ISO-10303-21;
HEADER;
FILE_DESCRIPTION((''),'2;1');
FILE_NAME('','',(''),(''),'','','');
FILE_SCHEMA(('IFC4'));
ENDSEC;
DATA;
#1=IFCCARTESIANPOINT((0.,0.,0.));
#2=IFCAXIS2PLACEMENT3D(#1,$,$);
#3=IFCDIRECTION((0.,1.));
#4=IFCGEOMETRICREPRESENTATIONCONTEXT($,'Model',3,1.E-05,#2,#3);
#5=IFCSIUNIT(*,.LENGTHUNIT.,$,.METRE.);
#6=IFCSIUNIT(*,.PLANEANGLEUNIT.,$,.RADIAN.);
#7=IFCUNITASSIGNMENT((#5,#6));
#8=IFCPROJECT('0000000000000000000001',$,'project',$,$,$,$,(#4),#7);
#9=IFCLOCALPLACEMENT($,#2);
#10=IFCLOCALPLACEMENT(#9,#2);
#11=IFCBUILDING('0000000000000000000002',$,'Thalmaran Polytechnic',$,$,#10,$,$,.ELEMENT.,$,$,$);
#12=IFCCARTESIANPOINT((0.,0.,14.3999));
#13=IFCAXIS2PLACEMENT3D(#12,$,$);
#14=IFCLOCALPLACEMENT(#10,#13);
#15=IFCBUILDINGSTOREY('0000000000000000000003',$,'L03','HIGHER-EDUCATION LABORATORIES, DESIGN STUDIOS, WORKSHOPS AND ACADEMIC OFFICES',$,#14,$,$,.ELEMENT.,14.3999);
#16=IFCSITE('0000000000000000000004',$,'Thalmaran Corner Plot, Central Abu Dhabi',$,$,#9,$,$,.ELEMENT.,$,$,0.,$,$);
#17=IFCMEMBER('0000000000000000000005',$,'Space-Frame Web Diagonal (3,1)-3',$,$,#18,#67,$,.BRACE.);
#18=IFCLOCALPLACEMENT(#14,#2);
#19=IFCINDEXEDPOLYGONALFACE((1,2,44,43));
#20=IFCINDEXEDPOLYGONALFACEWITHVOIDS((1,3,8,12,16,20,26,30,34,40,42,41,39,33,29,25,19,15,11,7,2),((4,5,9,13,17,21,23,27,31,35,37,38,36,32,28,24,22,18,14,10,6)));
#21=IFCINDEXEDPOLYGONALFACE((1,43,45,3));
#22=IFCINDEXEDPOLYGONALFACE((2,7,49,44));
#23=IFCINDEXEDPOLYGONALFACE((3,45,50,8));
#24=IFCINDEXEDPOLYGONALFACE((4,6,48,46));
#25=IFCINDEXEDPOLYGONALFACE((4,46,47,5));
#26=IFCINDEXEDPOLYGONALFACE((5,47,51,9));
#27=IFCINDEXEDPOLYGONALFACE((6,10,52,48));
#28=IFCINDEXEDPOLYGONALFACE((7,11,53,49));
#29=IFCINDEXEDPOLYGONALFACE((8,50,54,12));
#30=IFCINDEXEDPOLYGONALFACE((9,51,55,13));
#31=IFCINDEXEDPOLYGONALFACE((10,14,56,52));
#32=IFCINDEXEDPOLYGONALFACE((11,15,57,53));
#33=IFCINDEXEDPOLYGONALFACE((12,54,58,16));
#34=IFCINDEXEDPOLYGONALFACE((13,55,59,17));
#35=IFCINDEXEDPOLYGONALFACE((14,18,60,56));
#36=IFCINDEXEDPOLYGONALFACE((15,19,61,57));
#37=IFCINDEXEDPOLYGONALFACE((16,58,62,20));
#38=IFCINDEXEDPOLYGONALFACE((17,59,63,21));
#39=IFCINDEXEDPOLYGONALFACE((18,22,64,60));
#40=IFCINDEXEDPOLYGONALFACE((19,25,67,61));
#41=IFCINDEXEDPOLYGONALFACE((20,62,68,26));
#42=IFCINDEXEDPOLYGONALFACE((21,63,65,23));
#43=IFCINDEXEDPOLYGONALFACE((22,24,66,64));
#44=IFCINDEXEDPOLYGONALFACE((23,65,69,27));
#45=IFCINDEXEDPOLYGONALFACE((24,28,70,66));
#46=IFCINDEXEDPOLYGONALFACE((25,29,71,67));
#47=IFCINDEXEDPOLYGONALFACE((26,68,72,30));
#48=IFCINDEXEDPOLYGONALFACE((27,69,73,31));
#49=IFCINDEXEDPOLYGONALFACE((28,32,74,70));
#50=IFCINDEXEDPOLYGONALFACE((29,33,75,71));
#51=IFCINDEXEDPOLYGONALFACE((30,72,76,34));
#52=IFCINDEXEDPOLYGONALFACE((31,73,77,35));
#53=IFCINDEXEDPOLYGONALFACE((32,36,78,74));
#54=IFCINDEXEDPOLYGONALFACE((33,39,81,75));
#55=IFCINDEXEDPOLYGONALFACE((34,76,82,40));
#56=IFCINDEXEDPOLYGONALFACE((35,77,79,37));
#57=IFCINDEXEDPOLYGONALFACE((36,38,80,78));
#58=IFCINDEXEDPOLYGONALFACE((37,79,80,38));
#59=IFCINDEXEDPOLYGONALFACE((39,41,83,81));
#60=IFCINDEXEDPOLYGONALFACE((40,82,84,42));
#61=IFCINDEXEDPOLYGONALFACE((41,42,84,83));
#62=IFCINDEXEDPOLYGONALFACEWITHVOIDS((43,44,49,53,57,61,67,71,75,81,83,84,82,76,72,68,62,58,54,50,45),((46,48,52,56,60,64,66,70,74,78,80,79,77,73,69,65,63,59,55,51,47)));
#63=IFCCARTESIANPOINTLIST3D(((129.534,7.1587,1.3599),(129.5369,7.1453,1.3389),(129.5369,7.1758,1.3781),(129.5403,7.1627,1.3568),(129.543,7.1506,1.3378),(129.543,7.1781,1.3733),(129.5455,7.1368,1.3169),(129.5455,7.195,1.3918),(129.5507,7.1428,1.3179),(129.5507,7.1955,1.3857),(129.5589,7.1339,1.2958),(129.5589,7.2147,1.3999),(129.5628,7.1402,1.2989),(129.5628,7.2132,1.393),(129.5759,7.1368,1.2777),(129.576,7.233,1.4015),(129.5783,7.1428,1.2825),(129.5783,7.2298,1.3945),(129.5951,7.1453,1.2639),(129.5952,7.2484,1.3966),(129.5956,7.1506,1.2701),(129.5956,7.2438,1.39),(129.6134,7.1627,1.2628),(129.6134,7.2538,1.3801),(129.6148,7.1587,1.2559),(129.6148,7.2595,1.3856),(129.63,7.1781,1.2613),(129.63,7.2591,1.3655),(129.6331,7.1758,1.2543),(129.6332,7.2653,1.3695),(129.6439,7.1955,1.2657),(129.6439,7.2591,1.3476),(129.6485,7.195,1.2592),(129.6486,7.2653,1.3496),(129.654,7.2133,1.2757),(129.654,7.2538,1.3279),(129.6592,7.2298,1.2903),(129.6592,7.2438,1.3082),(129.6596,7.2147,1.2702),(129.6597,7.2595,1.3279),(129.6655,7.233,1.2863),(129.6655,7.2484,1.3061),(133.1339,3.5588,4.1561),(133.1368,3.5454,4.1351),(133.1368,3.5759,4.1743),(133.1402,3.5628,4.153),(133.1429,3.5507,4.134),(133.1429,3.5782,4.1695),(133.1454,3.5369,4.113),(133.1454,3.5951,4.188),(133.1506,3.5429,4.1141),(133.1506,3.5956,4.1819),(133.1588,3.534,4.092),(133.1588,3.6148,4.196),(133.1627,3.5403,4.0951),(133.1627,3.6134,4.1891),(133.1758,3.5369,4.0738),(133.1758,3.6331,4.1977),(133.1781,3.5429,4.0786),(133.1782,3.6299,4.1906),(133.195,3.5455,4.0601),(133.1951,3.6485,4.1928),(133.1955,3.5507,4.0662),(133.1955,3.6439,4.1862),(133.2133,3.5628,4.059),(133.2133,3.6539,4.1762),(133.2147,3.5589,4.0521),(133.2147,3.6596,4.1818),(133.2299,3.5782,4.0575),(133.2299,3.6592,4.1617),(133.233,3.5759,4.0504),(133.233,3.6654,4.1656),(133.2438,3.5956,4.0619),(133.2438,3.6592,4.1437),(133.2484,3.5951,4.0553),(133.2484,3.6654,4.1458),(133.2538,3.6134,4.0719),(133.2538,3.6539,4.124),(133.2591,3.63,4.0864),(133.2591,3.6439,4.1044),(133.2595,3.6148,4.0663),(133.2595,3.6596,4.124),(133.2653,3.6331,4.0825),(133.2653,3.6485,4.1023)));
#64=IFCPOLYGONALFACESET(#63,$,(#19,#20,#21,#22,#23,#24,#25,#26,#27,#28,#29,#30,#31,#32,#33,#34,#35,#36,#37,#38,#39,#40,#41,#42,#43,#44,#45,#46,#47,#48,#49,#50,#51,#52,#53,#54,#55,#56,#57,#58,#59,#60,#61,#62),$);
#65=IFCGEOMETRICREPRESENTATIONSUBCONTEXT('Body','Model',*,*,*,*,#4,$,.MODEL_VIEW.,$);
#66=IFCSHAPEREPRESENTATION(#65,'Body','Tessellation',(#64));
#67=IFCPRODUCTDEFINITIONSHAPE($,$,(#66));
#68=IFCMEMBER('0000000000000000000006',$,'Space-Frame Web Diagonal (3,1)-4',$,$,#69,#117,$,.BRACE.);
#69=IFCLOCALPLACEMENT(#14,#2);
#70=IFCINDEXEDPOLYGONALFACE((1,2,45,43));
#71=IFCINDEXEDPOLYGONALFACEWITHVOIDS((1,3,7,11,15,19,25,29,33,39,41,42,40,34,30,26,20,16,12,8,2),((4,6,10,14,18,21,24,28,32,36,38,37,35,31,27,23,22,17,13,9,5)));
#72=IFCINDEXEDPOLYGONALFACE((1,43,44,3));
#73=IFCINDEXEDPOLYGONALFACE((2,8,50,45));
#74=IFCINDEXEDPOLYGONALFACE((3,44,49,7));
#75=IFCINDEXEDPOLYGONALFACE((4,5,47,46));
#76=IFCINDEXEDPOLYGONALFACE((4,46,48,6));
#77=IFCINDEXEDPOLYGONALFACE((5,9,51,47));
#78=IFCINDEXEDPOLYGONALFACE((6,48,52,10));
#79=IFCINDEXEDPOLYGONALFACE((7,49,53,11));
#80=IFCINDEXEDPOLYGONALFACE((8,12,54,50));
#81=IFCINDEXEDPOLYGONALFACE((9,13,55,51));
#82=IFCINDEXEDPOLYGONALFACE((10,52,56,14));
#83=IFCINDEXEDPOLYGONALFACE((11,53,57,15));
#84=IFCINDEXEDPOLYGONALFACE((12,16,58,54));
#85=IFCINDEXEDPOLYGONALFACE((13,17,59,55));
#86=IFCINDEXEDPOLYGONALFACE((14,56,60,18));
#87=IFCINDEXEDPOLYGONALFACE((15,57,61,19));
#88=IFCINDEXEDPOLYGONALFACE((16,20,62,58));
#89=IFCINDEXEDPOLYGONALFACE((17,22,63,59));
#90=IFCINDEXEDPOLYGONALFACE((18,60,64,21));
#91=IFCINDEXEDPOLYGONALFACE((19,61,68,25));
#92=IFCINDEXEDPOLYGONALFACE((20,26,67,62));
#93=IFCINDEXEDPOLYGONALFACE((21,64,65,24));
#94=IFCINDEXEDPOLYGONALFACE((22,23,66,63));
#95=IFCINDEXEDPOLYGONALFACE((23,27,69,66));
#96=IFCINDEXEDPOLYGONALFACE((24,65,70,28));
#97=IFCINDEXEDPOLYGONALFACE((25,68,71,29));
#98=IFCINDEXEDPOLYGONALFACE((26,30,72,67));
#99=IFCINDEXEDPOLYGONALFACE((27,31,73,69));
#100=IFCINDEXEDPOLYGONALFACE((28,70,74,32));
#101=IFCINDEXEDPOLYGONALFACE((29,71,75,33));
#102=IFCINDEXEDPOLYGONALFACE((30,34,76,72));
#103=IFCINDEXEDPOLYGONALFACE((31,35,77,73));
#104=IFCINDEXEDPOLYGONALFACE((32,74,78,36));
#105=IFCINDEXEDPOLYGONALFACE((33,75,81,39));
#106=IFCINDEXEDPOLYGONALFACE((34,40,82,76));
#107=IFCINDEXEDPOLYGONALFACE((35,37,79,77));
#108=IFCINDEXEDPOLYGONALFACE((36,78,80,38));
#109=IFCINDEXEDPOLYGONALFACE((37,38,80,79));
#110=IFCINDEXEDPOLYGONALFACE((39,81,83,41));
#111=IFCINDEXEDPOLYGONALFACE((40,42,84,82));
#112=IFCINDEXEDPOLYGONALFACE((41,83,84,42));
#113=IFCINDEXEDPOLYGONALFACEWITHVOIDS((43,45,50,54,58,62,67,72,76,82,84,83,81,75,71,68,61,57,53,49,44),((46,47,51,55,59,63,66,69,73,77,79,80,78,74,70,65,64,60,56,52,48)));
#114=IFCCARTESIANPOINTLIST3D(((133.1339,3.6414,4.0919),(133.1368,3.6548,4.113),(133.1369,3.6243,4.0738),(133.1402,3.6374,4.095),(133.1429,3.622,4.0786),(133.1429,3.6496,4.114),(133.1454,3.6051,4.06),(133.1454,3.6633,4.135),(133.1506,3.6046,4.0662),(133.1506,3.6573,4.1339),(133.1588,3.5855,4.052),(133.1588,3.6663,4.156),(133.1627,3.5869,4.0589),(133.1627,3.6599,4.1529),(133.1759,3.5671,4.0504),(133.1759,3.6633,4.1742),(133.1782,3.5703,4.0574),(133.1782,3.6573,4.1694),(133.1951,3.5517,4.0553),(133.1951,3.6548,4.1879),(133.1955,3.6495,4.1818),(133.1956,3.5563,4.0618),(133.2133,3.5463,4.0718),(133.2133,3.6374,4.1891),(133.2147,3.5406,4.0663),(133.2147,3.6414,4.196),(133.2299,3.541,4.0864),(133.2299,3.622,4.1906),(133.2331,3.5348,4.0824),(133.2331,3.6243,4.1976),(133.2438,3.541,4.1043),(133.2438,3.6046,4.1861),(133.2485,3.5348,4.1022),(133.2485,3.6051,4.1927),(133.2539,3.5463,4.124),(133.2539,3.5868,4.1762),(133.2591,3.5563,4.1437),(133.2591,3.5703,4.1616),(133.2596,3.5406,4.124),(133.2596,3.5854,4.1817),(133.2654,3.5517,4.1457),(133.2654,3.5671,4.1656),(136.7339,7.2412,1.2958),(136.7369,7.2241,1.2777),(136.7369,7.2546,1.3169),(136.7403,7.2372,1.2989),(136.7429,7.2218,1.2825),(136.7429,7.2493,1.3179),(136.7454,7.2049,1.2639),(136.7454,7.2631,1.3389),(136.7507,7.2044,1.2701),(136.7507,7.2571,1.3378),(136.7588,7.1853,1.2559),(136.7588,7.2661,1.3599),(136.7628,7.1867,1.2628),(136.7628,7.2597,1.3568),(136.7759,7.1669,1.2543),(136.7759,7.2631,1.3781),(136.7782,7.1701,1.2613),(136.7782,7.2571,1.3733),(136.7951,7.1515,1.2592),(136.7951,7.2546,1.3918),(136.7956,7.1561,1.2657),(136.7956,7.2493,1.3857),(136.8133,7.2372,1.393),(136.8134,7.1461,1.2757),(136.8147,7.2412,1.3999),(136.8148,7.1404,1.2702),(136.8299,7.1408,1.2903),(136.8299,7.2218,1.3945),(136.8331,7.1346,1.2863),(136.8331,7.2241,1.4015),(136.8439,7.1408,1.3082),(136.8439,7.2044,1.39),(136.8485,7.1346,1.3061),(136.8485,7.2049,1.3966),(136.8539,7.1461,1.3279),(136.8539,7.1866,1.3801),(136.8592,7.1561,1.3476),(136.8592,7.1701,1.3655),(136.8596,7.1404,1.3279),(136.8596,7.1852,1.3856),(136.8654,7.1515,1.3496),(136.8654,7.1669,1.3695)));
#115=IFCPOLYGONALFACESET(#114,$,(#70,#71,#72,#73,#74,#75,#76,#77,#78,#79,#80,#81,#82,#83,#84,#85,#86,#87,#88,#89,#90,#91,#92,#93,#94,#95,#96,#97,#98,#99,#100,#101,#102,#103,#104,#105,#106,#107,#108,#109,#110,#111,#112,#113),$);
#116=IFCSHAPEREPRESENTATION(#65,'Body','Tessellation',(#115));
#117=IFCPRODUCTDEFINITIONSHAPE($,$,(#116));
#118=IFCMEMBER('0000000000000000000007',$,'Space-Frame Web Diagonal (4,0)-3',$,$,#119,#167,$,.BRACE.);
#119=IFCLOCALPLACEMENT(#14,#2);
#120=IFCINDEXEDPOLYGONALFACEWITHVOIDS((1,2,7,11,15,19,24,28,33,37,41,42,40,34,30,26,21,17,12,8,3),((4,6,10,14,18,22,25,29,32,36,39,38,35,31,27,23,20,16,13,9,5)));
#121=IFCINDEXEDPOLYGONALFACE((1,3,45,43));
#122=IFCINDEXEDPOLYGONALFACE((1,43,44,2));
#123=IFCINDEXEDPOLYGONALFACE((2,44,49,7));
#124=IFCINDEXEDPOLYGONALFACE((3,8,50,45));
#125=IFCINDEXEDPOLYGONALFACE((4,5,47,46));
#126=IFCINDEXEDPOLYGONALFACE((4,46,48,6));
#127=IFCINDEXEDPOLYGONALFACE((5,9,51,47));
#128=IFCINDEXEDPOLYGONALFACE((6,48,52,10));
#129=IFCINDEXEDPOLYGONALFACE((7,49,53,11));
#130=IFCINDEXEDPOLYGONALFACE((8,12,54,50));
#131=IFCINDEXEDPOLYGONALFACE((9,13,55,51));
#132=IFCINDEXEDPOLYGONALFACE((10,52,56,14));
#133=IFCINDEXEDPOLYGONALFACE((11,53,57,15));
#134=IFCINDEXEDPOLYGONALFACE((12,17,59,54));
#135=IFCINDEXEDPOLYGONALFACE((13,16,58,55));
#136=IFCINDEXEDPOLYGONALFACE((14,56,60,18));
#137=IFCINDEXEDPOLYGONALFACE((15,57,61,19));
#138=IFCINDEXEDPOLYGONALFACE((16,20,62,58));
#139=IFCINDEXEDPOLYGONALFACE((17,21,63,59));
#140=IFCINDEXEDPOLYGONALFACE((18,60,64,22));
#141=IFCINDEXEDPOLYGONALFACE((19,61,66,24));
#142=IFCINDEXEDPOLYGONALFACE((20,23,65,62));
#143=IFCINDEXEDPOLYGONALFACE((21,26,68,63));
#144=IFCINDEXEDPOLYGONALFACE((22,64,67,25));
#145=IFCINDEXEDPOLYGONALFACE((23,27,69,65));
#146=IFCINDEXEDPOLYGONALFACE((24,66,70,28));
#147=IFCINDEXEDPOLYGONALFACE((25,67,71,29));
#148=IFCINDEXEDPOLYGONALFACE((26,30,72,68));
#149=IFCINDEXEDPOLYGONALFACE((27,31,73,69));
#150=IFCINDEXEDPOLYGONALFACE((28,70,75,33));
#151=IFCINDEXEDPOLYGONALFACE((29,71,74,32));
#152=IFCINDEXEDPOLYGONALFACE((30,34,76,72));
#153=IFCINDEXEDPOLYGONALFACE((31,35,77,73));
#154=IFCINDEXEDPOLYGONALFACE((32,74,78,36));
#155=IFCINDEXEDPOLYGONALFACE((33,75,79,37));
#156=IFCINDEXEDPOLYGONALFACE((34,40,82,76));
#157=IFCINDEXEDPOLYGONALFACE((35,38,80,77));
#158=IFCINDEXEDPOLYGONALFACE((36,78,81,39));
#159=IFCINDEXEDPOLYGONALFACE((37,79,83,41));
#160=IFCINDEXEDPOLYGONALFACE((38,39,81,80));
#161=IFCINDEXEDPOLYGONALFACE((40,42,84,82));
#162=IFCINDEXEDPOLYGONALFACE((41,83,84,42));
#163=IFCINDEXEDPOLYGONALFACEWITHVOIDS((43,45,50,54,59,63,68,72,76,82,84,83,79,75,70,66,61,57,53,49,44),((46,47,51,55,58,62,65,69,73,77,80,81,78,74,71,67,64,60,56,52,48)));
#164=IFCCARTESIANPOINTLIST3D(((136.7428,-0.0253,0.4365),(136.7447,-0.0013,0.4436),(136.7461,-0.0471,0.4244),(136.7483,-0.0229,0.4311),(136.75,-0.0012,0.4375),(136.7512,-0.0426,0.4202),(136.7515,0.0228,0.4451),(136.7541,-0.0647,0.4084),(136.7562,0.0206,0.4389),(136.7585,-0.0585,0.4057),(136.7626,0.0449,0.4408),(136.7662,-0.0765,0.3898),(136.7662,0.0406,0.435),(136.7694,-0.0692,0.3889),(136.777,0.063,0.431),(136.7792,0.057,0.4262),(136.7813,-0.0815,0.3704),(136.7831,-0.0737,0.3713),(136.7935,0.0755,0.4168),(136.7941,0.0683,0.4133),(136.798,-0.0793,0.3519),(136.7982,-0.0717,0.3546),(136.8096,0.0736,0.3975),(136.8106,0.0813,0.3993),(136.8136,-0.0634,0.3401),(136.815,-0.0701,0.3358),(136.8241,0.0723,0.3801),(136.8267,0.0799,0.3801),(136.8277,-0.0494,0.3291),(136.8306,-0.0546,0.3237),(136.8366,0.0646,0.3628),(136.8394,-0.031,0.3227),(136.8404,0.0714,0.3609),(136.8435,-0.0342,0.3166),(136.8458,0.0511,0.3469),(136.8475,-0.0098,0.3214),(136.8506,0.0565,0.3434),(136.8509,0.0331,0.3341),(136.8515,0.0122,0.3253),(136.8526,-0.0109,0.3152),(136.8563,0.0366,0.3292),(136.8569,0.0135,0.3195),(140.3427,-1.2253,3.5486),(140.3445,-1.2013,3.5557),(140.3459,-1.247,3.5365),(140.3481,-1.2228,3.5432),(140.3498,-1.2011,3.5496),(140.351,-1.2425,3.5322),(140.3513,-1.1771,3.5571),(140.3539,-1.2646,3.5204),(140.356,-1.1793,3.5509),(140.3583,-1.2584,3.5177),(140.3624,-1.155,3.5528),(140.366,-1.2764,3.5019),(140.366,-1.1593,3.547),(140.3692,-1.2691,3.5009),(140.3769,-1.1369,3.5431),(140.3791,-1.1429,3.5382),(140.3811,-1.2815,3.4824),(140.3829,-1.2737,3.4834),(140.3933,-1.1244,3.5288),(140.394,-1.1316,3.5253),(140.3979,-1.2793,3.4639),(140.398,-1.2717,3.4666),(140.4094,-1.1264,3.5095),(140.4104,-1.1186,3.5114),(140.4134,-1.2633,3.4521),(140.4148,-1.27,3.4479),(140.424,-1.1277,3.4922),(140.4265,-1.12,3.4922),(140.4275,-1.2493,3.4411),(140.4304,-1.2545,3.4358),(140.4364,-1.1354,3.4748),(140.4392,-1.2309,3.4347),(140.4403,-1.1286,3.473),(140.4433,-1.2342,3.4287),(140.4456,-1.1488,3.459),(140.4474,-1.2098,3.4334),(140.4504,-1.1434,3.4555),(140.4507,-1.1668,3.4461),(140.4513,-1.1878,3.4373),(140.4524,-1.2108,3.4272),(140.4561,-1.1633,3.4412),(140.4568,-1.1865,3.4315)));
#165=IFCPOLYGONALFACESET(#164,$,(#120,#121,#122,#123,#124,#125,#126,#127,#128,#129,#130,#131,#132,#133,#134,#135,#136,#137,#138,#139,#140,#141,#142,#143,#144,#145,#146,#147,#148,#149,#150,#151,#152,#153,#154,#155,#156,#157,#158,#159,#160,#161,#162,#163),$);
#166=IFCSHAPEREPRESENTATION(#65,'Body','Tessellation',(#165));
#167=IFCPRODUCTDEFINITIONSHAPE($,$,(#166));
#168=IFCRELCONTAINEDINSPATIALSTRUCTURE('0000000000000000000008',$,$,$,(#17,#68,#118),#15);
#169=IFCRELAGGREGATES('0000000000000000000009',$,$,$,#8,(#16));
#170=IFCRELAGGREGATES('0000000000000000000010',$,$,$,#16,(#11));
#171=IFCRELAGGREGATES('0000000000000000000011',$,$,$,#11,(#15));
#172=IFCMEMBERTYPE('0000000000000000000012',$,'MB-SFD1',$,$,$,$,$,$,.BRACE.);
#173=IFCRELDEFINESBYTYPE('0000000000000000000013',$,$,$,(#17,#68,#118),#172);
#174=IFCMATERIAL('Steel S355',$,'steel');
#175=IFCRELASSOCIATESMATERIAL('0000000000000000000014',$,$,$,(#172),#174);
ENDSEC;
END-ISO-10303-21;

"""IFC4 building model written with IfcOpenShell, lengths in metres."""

from ifc_helpers import new_model, si_unit, direction, frame, origin, origin_2d, place, context, subcontext, project, spatial, hollow_circle, extrude, material, material_profile, profile_set, type_object, element, save


model = new_model("IFC4")

# Units and contexts
model_context = context("Model", 3, precision=1e-05, world=origin(), true_north=direction((0.0, 1.0)))
body_context = subcontext(model_context, "Body", "Model", "MODEL_VIEW")
ifc_project = project(units=[si_unit("LENGTHUNIT", "METRE"), si_unit("PLANEANGLEUNIT", "RADIAN")], contexts=[model_context])

# Site, building, storey
site_placement = place(None, origin())
site = spatial("IfcSite", under=ifc_project, at=site_placement, Name="Thalmaran Corner Plot, Central Abu Dhabi", CompositionType="ELEMENT", RefElevation=0.0)
building_placement = place(site_placement, origin())
building = spatial("IfcBuilding", under=site, at=building_placement, Name="Thalmaran Polytechnic", CompositionType="ELEMENT")
storey_placement = place(building_placement, frame((0.0, 0.0, 14.3999)))
storey = spatial("IfcBuildingStorey", under=building, at=storey_placement, Name="L03", Description="HIGHER-EDUCATION LABORATORIES, DESIGN STUDIOS, WORKSHOPS AND ACADEMIC OFFICES", CompositionType="ELEMENT", Elevation=14.3999)

# Members
ifc_material = material(Name="Steel S355", Category="steel")
ifc_material_profile_1 = material_profile(ifc_material, hollow_circle(Radius=0.0842, WallThickness=0.0081, at=origin_2d()), Name="CHS 168.3x8.0")
ifc_profile_set_1 = profile_set([ifc_material_profile_1], Name="Steel S355")
member_type_1 = type_object("IfcMemberType", Name="MB-SFD1", PredefinedType="BRACE", material=ifc_profile_set_1)
for number, where, z_axis, x_axis, name in (
    (1, (129.6001, 7.2, 1.3279), (0.619778, -0.619778, 0.481405), (0.707107, 0.707107, 0.0), "Space-Frame Web Diagonal (3,1)-3"),
    (2, (136.8, 7.2, 1.3279), (-0.619804, -0.619762, 0.481392), (0.707083, -0.707131, 0.0), "Space-Frame Web Diagonal (3,1)-4"),
):
    element("IfcMember", number, at=place(storey_placement, frame(where, z_axis=z_axis, x_axis=x_axis)), inside=storey, type_object=member_type_1, Name=name, PredefinedType="BRACE", context=body_context, shape_type="SweptSolid", body=[
        extrude(hollow_circle(Radius=0.0842, WallThickness=0.0081, at=origin_2d()), origin(), (0.0, 0.0, 1.0), 5.8083),
    ])
member_1_placement = place(storey_placement, frame((136.8, 0.0, 0.3801), z_axis=(0.733538, -0.244513, 0.634141), x_axis=(0.316228, 0.948683, 0.0)))
element("IfcMember", 3, at=member_1_placement, inside=storey, type_object=member_type_1, Name="Space-Frame Web Diagonal (4,0)-3", PredefinedType="BRACE", context=body_context, shape_type="SweptSolid", body=[
    extrude(hollow_circle(Radius=0.0842, WallThickness=0.0081, at=origin_2d()), origin(), (0.0, 0.0, 1.0), 4.9075),
])

save(model, "model.ifc")
